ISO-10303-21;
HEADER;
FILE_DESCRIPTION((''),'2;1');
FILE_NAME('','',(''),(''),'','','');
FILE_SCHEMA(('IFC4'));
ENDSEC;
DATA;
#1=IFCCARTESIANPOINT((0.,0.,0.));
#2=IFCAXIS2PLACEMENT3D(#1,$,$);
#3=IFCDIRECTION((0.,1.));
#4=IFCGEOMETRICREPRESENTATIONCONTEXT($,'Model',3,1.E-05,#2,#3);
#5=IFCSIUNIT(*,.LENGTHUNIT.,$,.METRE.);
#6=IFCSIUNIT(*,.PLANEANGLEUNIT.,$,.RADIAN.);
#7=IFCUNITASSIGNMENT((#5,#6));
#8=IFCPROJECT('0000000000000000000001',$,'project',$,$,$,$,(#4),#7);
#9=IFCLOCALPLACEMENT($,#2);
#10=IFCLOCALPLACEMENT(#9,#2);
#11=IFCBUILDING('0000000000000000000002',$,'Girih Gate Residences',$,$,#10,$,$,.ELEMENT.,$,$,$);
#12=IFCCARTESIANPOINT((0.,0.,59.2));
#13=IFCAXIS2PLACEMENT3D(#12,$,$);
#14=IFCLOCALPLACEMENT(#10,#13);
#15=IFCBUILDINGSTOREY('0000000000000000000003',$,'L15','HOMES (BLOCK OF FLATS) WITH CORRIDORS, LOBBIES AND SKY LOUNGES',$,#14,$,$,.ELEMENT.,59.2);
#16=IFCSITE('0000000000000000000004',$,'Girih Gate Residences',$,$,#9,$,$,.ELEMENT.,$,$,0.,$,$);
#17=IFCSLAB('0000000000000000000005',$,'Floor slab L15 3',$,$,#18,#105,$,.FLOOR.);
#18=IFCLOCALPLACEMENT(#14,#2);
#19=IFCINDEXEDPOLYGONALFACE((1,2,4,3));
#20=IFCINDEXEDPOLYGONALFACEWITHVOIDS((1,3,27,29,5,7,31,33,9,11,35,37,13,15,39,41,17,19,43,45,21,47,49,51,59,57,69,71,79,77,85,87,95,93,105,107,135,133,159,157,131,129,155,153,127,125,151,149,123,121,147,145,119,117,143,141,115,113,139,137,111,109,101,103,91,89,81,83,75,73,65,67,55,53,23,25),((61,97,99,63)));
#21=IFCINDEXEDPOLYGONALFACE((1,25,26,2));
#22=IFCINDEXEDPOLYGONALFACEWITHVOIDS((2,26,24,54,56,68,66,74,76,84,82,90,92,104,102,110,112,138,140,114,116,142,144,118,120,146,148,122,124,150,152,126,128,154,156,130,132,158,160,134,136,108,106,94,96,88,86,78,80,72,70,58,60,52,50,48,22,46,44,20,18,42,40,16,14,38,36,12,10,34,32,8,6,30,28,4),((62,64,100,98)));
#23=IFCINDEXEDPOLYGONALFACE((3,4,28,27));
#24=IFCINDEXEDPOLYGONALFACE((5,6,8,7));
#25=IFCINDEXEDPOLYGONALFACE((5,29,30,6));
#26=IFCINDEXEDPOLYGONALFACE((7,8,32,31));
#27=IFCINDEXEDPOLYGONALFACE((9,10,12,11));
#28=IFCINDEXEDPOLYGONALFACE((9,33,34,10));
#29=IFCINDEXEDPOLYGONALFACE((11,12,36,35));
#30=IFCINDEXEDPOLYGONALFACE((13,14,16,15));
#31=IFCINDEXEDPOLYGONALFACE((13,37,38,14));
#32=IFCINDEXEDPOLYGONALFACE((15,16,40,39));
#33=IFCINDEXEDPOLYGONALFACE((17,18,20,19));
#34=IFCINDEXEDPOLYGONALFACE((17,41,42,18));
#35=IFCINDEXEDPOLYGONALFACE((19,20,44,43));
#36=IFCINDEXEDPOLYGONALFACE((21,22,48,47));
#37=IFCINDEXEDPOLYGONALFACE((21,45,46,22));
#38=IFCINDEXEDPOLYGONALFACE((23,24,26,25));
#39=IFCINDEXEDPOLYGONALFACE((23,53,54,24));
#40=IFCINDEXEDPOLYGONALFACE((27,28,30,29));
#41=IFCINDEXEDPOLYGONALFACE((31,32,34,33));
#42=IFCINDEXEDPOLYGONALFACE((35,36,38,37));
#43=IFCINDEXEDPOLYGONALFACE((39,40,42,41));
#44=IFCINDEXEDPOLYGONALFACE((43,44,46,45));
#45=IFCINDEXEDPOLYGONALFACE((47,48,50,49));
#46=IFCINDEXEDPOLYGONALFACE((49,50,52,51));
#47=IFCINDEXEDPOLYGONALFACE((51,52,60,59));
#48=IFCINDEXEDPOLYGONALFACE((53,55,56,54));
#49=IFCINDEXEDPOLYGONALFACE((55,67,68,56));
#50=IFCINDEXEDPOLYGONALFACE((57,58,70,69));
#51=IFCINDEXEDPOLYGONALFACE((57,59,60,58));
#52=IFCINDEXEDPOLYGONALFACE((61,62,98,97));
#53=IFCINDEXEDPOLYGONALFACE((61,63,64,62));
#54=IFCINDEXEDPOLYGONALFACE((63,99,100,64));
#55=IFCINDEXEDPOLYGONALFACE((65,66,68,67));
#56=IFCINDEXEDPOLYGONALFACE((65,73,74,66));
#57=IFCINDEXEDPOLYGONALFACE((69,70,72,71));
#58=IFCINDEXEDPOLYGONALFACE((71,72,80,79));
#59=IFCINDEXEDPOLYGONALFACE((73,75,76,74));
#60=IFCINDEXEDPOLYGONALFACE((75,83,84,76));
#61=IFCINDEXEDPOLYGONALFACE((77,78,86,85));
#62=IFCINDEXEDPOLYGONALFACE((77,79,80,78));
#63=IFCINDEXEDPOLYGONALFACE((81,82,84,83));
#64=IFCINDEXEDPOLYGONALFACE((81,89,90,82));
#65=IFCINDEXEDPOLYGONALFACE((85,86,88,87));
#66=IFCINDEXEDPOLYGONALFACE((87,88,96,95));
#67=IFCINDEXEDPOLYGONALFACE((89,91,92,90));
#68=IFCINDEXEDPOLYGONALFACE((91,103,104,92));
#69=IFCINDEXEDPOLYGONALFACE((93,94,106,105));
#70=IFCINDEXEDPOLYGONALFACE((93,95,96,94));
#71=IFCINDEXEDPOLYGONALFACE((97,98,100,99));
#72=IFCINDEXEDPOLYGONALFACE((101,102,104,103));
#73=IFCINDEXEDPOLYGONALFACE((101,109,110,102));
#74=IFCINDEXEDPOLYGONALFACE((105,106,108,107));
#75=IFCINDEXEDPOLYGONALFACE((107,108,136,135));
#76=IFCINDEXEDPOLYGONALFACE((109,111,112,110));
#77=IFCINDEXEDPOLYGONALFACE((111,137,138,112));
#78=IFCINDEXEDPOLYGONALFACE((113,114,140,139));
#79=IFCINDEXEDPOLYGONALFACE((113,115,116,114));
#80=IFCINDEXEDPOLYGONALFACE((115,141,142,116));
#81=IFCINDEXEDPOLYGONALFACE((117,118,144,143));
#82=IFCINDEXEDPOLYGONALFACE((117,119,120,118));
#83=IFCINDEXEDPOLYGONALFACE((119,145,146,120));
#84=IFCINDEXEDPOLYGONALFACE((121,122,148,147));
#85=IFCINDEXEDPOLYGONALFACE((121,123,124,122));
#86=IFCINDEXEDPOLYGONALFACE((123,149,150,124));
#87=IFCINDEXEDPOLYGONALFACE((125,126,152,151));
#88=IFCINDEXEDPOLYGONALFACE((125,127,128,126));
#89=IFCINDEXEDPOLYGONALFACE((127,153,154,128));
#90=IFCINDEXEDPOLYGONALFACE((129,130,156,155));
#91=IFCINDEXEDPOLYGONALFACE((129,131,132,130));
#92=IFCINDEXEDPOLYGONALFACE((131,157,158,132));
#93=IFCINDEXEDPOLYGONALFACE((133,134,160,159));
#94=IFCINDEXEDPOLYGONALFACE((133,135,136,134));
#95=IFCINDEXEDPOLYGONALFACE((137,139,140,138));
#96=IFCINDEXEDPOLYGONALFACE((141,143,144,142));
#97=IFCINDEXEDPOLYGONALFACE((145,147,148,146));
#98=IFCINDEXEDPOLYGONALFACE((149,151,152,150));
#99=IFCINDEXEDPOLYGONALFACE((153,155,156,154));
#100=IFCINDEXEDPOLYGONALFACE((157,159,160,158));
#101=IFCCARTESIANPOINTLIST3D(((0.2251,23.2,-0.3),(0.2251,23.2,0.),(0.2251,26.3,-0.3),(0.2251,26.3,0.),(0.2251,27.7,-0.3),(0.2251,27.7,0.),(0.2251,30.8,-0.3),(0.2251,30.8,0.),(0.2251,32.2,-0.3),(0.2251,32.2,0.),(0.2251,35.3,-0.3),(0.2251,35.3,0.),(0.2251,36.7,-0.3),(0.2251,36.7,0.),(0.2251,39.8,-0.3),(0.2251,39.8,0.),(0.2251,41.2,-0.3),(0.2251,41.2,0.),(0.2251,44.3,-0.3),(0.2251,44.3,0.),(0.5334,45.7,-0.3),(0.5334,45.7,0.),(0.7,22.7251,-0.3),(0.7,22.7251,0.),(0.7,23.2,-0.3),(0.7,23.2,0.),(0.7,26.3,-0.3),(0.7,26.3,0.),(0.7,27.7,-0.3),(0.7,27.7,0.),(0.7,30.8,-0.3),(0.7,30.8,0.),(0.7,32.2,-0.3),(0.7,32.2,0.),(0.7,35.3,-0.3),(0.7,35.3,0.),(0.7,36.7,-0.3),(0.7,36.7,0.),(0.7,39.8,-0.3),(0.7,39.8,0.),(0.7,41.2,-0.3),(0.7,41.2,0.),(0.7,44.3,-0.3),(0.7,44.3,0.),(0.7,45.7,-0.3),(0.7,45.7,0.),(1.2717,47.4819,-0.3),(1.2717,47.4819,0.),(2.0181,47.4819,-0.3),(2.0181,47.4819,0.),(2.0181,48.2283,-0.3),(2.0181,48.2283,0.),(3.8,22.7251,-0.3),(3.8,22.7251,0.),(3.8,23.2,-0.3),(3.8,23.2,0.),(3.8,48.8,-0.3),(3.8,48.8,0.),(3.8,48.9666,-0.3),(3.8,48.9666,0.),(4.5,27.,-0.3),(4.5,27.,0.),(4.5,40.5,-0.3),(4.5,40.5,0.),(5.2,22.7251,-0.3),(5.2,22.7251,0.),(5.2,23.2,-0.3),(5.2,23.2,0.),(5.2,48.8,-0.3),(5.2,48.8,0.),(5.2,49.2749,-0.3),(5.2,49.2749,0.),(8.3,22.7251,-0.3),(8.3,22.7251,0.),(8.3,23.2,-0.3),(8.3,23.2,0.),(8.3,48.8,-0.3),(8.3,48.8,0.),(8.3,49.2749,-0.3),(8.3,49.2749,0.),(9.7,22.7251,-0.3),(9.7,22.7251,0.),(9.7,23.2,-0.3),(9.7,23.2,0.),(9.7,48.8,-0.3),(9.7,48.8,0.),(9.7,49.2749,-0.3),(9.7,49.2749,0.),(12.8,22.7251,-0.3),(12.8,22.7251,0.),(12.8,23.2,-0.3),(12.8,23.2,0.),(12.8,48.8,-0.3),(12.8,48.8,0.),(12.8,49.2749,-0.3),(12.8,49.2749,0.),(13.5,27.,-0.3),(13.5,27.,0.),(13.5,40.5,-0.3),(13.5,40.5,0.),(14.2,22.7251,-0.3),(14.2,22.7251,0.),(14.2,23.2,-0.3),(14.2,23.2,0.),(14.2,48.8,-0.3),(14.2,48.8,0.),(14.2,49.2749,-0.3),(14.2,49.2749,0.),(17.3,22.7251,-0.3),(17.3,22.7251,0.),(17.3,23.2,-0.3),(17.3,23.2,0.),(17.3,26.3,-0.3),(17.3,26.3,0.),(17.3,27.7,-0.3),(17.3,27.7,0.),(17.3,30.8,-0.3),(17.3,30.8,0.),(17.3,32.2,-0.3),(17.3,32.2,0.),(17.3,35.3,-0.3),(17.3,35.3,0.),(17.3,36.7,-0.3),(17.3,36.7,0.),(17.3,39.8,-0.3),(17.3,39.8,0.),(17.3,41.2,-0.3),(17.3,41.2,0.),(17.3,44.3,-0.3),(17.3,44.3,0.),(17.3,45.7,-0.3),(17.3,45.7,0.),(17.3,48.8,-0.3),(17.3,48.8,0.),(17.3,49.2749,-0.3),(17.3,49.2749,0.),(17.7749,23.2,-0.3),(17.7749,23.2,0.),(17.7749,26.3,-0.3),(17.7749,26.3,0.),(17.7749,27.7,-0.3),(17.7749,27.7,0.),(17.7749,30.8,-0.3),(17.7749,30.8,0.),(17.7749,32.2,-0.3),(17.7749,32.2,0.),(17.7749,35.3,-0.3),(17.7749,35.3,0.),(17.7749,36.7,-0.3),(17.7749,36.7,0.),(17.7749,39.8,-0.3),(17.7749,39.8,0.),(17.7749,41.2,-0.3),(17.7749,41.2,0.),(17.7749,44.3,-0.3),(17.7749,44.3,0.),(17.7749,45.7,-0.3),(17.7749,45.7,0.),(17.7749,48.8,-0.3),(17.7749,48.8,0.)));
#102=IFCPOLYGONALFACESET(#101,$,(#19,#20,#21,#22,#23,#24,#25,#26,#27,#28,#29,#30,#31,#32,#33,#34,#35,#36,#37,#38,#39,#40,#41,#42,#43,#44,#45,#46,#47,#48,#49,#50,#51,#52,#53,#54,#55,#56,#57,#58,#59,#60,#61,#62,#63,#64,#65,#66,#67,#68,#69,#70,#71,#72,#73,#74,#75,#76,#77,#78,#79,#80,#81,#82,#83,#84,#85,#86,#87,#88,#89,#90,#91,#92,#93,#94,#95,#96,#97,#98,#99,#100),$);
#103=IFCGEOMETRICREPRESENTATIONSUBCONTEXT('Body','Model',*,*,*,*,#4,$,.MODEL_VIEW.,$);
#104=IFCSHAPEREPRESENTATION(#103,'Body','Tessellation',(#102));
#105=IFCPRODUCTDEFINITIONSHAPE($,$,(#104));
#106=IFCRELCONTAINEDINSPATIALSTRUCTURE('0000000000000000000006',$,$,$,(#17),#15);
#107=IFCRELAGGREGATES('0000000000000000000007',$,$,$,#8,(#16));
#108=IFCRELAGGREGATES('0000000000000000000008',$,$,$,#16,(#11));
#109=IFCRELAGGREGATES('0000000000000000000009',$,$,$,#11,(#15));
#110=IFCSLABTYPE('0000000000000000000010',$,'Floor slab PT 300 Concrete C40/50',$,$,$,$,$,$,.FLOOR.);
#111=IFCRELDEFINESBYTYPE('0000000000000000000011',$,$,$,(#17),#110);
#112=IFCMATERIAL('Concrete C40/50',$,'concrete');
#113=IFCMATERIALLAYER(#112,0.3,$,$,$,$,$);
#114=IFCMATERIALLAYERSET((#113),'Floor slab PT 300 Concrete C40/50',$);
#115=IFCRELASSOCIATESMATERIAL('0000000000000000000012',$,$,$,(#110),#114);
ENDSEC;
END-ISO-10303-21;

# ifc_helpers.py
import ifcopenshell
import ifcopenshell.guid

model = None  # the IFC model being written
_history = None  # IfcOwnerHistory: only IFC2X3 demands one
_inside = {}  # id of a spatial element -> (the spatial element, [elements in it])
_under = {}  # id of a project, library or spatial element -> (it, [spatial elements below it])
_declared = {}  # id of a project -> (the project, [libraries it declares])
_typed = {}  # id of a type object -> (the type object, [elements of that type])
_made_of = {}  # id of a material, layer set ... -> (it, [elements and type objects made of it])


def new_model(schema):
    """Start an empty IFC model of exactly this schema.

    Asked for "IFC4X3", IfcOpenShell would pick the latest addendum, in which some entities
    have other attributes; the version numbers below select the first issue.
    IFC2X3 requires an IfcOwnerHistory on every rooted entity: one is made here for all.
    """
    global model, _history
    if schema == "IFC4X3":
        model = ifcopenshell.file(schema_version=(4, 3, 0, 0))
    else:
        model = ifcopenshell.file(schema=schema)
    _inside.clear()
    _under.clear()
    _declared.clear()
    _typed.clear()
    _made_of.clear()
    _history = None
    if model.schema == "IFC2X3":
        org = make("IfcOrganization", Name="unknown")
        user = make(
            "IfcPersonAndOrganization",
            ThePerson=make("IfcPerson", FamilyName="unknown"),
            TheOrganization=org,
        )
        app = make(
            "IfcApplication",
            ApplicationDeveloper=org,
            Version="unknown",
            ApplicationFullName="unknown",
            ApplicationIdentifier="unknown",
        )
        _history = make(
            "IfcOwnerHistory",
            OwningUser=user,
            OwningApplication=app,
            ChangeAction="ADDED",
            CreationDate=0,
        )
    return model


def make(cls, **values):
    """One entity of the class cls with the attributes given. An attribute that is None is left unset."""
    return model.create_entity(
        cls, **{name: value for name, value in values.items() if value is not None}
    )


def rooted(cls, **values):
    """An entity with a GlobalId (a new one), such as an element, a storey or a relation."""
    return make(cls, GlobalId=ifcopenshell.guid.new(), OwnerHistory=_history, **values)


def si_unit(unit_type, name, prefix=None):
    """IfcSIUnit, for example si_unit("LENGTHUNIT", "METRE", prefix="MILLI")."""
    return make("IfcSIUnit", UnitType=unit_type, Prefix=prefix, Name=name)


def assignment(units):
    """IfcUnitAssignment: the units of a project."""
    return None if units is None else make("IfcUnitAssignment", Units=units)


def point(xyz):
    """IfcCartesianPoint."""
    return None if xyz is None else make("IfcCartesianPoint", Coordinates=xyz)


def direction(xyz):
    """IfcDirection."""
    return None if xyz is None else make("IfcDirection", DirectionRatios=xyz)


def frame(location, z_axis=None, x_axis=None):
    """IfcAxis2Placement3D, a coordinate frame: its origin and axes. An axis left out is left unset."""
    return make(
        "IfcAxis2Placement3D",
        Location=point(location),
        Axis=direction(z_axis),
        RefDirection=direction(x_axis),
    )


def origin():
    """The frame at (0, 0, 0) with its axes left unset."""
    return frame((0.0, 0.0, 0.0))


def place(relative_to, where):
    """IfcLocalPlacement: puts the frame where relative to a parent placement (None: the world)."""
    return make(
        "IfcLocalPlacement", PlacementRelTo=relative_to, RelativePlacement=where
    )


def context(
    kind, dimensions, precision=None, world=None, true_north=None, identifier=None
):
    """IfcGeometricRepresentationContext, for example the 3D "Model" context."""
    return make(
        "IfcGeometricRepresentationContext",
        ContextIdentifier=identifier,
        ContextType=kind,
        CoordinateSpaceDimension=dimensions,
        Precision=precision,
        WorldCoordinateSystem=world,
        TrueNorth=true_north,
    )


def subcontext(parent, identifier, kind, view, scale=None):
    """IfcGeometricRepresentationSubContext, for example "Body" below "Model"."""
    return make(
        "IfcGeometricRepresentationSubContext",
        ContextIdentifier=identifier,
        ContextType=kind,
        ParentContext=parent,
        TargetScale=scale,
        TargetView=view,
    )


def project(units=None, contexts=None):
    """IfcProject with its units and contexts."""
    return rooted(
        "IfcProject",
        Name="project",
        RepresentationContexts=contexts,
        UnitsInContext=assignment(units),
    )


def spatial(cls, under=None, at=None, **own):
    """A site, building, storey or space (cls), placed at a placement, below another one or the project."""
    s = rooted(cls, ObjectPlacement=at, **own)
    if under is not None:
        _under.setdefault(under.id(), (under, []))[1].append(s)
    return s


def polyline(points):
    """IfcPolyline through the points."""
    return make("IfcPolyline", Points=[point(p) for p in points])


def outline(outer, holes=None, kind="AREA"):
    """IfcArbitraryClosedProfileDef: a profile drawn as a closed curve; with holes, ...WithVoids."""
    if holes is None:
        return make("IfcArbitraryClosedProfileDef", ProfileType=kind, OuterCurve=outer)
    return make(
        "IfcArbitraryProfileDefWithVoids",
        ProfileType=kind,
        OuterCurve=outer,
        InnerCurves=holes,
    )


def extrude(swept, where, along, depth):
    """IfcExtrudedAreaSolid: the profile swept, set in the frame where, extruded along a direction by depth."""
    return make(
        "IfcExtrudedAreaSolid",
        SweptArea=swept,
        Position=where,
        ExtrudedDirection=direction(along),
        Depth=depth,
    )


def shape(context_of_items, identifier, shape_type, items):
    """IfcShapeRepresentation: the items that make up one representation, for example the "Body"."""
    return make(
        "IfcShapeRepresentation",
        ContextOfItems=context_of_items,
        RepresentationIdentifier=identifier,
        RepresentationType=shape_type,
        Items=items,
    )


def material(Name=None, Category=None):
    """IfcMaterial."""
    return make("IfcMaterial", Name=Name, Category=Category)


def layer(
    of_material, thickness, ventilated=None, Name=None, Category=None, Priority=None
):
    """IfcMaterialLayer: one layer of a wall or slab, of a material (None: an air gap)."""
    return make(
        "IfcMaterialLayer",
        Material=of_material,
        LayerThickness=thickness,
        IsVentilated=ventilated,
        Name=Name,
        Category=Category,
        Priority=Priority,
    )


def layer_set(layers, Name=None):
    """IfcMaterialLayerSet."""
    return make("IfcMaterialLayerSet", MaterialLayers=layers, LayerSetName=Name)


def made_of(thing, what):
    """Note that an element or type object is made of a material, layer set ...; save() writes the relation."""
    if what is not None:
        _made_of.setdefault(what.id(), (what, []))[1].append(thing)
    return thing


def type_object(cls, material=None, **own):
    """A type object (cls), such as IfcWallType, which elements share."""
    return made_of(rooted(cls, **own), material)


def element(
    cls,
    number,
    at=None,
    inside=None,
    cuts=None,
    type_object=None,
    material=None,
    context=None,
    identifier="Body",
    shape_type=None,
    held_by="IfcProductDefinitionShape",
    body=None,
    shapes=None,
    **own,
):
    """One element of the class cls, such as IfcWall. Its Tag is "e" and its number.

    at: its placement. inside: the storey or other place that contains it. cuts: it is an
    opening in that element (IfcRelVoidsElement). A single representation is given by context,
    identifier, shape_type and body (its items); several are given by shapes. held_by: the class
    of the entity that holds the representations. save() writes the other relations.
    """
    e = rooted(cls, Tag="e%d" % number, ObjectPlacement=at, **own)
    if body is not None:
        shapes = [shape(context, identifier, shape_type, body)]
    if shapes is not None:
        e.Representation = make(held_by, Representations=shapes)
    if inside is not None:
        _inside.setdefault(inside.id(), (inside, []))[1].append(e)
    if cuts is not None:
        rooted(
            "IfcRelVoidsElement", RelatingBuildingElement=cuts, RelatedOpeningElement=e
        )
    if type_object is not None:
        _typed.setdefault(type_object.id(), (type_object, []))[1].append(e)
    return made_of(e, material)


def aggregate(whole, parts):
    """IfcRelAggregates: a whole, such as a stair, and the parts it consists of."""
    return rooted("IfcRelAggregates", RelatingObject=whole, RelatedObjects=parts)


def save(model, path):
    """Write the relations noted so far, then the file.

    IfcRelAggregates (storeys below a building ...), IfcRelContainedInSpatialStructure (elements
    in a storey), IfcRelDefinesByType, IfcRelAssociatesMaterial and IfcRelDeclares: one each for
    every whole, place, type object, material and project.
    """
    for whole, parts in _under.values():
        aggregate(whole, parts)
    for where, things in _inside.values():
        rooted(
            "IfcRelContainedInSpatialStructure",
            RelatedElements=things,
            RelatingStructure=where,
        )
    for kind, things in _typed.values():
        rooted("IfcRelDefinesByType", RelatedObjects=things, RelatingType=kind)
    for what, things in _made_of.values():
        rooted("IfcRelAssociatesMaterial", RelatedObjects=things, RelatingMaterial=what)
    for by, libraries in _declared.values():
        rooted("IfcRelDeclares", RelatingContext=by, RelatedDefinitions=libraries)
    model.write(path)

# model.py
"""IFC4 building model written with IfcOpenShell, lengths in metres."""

from ifc_helpers import new_model, si_unit, direction, frame, origin, place, context, subcontext, project, spatial, polyline, outline, extrude, material, layer, layer_set, type_object, element, save


model = new_model("IFC4")

# Units and contexts
model_context = context("Model", 3, precision=1e-05, world=origin(), true_north=direction((0.0, 1.0)))
body_context = subcontext(model_context, "Body", "Model", "MODEL_VIEW")
ifc_project = project(units=[si_unit("LENGTHUNIT", "METRE"), si_unit("PLANEANGLEUNIT", "RADIAN")], contexts=[model_context])

# Site, building, storey
site_placement = place(None, origin())
site = spatial("IfcSite", under=ifc_project, at=site_placement, Name="Girih Gate Residences", CompositionType="ELEMENT", RefElevation=0.0)
building_placement = place(site_placement, origin())
building = spatial("IfcBuilding", under=site, at=building_placement, Name="Girih Gate Residences", CompositionType="ELEMENT")
storey_placement = place(building_placement, frame((0.0, 0.0, 59.2)))
storey = spatial("IfcBuildingStorey", under=building, at=storey_placement, Name="L15", Description="HOMES (BLOCK OF FLATS) WITH CORRIDORS, LOBBIES AND SKY LOUNGES", CompositionType="ELEMENT", Elevation=59.2)

# Slab
ifc_material_1 = material(Name="Concrete C40/50", Category="concrete")
ifc_layer_1 = layer(ifc_material_1, 0.3)
ifc_layer_set_1 = layer_set([ifc_layer_1], Name="Floor slab PT 300 Concrete C40/50")
slab_type_1 = type_object("IfcSlabType", Name="Floor slab PT 300 Concrete C40/50", PredefinedType="FLOOR", material=ifc_layer_set_1)
slab_1_placement = place(storey_placement, frame((0.0, 0.0, -0.3)))
element("IfcSlab", 1, at=slab_1_placement, inside=storey, type_object=slab_type_1, Name="Floor slab L15 3", PredefinedType="FLOOR", context=body_context, shape_type="SweptSolid", body=[
    extrude(outline(polyline([(0.2251, 26.3), (0.2251, 23.2), (0.7, 23.2), (0.7, 22.7251), (3.8, 22.7251), (3.8, 23.2), (5.2, 23.2), (5.2, 22.7251), (8.3, 22.7251), (8.3, 23.2), (9.7, 23.2), (9.7, 22.7251), (12.8, 22.7251), (12.8, 23.2), (14.2, 23.2), (14.2, 22.7251), (17.3, 22.7251), (17.3, 23.2), (17.7749, 23.2), (17.7749, 26.3), (17.3, 26.3), (17.3, 27.7), (17.7749, 27.7), (17.7749, 30.8), (17.3, 30.8), (17.3, 32.2), (17.7749, 32.2), (17.7749, 35.3), (17.3, 35.3), (17.3, 36.7), (17.7749, 36.7), (17.7749, 39.8), (17.3, 39.8), (17.3, 41.2), (17.7749, 41.2), (17.7749, 44.3), (17.3, 44.3), (17.3, 45.7), (17.7749, 45.7), (17.7749, 48.8), (17.3, 48.8), (17.3, 49.2749), (14.2, 49.2749), (14.2, 48.8), (12.8, 48.8), (12.8, 49.2749), (9.7, 49.2749), (9.7, 48.8), (8.3, 48.8), (8.3, 49.2749), (5.2, 49.2749), (5.2, 48.8), (3.8, 48.8), (3.8, 48.9666), (2.0181, 48.2283), (2.0181, 47.4819), (1.2717, 47.4819), (0.5334, 45.7), (0.7, 45.7), (0.7, 44.3), (0.2251, 44.3), (0.2251, 41.2), (0.7, 41.2), (0.7, 39.8), (0.2251, 39.8), (0.2251, 36.7), (0.7, 36.7), (0.7, 35.3), (0.2251, 35.3), (0.2251, 32.2), (0.7, 32.2), (0.7, 30.8), (0.2251, 30.8), (0.2251, 27.7), (0.7, 27.7), (0.7, 26.3), (0.2251, 26.3)]), holes=[polyline([(13.5, 40.5), (13.5, 27.0), (4.5, 27.0), (4.5, 40.5), (13.5, 40.5)])]), origin(), (0.0, 0.0, 1.0), 0.3),
])

save(model, "model.ifc")
